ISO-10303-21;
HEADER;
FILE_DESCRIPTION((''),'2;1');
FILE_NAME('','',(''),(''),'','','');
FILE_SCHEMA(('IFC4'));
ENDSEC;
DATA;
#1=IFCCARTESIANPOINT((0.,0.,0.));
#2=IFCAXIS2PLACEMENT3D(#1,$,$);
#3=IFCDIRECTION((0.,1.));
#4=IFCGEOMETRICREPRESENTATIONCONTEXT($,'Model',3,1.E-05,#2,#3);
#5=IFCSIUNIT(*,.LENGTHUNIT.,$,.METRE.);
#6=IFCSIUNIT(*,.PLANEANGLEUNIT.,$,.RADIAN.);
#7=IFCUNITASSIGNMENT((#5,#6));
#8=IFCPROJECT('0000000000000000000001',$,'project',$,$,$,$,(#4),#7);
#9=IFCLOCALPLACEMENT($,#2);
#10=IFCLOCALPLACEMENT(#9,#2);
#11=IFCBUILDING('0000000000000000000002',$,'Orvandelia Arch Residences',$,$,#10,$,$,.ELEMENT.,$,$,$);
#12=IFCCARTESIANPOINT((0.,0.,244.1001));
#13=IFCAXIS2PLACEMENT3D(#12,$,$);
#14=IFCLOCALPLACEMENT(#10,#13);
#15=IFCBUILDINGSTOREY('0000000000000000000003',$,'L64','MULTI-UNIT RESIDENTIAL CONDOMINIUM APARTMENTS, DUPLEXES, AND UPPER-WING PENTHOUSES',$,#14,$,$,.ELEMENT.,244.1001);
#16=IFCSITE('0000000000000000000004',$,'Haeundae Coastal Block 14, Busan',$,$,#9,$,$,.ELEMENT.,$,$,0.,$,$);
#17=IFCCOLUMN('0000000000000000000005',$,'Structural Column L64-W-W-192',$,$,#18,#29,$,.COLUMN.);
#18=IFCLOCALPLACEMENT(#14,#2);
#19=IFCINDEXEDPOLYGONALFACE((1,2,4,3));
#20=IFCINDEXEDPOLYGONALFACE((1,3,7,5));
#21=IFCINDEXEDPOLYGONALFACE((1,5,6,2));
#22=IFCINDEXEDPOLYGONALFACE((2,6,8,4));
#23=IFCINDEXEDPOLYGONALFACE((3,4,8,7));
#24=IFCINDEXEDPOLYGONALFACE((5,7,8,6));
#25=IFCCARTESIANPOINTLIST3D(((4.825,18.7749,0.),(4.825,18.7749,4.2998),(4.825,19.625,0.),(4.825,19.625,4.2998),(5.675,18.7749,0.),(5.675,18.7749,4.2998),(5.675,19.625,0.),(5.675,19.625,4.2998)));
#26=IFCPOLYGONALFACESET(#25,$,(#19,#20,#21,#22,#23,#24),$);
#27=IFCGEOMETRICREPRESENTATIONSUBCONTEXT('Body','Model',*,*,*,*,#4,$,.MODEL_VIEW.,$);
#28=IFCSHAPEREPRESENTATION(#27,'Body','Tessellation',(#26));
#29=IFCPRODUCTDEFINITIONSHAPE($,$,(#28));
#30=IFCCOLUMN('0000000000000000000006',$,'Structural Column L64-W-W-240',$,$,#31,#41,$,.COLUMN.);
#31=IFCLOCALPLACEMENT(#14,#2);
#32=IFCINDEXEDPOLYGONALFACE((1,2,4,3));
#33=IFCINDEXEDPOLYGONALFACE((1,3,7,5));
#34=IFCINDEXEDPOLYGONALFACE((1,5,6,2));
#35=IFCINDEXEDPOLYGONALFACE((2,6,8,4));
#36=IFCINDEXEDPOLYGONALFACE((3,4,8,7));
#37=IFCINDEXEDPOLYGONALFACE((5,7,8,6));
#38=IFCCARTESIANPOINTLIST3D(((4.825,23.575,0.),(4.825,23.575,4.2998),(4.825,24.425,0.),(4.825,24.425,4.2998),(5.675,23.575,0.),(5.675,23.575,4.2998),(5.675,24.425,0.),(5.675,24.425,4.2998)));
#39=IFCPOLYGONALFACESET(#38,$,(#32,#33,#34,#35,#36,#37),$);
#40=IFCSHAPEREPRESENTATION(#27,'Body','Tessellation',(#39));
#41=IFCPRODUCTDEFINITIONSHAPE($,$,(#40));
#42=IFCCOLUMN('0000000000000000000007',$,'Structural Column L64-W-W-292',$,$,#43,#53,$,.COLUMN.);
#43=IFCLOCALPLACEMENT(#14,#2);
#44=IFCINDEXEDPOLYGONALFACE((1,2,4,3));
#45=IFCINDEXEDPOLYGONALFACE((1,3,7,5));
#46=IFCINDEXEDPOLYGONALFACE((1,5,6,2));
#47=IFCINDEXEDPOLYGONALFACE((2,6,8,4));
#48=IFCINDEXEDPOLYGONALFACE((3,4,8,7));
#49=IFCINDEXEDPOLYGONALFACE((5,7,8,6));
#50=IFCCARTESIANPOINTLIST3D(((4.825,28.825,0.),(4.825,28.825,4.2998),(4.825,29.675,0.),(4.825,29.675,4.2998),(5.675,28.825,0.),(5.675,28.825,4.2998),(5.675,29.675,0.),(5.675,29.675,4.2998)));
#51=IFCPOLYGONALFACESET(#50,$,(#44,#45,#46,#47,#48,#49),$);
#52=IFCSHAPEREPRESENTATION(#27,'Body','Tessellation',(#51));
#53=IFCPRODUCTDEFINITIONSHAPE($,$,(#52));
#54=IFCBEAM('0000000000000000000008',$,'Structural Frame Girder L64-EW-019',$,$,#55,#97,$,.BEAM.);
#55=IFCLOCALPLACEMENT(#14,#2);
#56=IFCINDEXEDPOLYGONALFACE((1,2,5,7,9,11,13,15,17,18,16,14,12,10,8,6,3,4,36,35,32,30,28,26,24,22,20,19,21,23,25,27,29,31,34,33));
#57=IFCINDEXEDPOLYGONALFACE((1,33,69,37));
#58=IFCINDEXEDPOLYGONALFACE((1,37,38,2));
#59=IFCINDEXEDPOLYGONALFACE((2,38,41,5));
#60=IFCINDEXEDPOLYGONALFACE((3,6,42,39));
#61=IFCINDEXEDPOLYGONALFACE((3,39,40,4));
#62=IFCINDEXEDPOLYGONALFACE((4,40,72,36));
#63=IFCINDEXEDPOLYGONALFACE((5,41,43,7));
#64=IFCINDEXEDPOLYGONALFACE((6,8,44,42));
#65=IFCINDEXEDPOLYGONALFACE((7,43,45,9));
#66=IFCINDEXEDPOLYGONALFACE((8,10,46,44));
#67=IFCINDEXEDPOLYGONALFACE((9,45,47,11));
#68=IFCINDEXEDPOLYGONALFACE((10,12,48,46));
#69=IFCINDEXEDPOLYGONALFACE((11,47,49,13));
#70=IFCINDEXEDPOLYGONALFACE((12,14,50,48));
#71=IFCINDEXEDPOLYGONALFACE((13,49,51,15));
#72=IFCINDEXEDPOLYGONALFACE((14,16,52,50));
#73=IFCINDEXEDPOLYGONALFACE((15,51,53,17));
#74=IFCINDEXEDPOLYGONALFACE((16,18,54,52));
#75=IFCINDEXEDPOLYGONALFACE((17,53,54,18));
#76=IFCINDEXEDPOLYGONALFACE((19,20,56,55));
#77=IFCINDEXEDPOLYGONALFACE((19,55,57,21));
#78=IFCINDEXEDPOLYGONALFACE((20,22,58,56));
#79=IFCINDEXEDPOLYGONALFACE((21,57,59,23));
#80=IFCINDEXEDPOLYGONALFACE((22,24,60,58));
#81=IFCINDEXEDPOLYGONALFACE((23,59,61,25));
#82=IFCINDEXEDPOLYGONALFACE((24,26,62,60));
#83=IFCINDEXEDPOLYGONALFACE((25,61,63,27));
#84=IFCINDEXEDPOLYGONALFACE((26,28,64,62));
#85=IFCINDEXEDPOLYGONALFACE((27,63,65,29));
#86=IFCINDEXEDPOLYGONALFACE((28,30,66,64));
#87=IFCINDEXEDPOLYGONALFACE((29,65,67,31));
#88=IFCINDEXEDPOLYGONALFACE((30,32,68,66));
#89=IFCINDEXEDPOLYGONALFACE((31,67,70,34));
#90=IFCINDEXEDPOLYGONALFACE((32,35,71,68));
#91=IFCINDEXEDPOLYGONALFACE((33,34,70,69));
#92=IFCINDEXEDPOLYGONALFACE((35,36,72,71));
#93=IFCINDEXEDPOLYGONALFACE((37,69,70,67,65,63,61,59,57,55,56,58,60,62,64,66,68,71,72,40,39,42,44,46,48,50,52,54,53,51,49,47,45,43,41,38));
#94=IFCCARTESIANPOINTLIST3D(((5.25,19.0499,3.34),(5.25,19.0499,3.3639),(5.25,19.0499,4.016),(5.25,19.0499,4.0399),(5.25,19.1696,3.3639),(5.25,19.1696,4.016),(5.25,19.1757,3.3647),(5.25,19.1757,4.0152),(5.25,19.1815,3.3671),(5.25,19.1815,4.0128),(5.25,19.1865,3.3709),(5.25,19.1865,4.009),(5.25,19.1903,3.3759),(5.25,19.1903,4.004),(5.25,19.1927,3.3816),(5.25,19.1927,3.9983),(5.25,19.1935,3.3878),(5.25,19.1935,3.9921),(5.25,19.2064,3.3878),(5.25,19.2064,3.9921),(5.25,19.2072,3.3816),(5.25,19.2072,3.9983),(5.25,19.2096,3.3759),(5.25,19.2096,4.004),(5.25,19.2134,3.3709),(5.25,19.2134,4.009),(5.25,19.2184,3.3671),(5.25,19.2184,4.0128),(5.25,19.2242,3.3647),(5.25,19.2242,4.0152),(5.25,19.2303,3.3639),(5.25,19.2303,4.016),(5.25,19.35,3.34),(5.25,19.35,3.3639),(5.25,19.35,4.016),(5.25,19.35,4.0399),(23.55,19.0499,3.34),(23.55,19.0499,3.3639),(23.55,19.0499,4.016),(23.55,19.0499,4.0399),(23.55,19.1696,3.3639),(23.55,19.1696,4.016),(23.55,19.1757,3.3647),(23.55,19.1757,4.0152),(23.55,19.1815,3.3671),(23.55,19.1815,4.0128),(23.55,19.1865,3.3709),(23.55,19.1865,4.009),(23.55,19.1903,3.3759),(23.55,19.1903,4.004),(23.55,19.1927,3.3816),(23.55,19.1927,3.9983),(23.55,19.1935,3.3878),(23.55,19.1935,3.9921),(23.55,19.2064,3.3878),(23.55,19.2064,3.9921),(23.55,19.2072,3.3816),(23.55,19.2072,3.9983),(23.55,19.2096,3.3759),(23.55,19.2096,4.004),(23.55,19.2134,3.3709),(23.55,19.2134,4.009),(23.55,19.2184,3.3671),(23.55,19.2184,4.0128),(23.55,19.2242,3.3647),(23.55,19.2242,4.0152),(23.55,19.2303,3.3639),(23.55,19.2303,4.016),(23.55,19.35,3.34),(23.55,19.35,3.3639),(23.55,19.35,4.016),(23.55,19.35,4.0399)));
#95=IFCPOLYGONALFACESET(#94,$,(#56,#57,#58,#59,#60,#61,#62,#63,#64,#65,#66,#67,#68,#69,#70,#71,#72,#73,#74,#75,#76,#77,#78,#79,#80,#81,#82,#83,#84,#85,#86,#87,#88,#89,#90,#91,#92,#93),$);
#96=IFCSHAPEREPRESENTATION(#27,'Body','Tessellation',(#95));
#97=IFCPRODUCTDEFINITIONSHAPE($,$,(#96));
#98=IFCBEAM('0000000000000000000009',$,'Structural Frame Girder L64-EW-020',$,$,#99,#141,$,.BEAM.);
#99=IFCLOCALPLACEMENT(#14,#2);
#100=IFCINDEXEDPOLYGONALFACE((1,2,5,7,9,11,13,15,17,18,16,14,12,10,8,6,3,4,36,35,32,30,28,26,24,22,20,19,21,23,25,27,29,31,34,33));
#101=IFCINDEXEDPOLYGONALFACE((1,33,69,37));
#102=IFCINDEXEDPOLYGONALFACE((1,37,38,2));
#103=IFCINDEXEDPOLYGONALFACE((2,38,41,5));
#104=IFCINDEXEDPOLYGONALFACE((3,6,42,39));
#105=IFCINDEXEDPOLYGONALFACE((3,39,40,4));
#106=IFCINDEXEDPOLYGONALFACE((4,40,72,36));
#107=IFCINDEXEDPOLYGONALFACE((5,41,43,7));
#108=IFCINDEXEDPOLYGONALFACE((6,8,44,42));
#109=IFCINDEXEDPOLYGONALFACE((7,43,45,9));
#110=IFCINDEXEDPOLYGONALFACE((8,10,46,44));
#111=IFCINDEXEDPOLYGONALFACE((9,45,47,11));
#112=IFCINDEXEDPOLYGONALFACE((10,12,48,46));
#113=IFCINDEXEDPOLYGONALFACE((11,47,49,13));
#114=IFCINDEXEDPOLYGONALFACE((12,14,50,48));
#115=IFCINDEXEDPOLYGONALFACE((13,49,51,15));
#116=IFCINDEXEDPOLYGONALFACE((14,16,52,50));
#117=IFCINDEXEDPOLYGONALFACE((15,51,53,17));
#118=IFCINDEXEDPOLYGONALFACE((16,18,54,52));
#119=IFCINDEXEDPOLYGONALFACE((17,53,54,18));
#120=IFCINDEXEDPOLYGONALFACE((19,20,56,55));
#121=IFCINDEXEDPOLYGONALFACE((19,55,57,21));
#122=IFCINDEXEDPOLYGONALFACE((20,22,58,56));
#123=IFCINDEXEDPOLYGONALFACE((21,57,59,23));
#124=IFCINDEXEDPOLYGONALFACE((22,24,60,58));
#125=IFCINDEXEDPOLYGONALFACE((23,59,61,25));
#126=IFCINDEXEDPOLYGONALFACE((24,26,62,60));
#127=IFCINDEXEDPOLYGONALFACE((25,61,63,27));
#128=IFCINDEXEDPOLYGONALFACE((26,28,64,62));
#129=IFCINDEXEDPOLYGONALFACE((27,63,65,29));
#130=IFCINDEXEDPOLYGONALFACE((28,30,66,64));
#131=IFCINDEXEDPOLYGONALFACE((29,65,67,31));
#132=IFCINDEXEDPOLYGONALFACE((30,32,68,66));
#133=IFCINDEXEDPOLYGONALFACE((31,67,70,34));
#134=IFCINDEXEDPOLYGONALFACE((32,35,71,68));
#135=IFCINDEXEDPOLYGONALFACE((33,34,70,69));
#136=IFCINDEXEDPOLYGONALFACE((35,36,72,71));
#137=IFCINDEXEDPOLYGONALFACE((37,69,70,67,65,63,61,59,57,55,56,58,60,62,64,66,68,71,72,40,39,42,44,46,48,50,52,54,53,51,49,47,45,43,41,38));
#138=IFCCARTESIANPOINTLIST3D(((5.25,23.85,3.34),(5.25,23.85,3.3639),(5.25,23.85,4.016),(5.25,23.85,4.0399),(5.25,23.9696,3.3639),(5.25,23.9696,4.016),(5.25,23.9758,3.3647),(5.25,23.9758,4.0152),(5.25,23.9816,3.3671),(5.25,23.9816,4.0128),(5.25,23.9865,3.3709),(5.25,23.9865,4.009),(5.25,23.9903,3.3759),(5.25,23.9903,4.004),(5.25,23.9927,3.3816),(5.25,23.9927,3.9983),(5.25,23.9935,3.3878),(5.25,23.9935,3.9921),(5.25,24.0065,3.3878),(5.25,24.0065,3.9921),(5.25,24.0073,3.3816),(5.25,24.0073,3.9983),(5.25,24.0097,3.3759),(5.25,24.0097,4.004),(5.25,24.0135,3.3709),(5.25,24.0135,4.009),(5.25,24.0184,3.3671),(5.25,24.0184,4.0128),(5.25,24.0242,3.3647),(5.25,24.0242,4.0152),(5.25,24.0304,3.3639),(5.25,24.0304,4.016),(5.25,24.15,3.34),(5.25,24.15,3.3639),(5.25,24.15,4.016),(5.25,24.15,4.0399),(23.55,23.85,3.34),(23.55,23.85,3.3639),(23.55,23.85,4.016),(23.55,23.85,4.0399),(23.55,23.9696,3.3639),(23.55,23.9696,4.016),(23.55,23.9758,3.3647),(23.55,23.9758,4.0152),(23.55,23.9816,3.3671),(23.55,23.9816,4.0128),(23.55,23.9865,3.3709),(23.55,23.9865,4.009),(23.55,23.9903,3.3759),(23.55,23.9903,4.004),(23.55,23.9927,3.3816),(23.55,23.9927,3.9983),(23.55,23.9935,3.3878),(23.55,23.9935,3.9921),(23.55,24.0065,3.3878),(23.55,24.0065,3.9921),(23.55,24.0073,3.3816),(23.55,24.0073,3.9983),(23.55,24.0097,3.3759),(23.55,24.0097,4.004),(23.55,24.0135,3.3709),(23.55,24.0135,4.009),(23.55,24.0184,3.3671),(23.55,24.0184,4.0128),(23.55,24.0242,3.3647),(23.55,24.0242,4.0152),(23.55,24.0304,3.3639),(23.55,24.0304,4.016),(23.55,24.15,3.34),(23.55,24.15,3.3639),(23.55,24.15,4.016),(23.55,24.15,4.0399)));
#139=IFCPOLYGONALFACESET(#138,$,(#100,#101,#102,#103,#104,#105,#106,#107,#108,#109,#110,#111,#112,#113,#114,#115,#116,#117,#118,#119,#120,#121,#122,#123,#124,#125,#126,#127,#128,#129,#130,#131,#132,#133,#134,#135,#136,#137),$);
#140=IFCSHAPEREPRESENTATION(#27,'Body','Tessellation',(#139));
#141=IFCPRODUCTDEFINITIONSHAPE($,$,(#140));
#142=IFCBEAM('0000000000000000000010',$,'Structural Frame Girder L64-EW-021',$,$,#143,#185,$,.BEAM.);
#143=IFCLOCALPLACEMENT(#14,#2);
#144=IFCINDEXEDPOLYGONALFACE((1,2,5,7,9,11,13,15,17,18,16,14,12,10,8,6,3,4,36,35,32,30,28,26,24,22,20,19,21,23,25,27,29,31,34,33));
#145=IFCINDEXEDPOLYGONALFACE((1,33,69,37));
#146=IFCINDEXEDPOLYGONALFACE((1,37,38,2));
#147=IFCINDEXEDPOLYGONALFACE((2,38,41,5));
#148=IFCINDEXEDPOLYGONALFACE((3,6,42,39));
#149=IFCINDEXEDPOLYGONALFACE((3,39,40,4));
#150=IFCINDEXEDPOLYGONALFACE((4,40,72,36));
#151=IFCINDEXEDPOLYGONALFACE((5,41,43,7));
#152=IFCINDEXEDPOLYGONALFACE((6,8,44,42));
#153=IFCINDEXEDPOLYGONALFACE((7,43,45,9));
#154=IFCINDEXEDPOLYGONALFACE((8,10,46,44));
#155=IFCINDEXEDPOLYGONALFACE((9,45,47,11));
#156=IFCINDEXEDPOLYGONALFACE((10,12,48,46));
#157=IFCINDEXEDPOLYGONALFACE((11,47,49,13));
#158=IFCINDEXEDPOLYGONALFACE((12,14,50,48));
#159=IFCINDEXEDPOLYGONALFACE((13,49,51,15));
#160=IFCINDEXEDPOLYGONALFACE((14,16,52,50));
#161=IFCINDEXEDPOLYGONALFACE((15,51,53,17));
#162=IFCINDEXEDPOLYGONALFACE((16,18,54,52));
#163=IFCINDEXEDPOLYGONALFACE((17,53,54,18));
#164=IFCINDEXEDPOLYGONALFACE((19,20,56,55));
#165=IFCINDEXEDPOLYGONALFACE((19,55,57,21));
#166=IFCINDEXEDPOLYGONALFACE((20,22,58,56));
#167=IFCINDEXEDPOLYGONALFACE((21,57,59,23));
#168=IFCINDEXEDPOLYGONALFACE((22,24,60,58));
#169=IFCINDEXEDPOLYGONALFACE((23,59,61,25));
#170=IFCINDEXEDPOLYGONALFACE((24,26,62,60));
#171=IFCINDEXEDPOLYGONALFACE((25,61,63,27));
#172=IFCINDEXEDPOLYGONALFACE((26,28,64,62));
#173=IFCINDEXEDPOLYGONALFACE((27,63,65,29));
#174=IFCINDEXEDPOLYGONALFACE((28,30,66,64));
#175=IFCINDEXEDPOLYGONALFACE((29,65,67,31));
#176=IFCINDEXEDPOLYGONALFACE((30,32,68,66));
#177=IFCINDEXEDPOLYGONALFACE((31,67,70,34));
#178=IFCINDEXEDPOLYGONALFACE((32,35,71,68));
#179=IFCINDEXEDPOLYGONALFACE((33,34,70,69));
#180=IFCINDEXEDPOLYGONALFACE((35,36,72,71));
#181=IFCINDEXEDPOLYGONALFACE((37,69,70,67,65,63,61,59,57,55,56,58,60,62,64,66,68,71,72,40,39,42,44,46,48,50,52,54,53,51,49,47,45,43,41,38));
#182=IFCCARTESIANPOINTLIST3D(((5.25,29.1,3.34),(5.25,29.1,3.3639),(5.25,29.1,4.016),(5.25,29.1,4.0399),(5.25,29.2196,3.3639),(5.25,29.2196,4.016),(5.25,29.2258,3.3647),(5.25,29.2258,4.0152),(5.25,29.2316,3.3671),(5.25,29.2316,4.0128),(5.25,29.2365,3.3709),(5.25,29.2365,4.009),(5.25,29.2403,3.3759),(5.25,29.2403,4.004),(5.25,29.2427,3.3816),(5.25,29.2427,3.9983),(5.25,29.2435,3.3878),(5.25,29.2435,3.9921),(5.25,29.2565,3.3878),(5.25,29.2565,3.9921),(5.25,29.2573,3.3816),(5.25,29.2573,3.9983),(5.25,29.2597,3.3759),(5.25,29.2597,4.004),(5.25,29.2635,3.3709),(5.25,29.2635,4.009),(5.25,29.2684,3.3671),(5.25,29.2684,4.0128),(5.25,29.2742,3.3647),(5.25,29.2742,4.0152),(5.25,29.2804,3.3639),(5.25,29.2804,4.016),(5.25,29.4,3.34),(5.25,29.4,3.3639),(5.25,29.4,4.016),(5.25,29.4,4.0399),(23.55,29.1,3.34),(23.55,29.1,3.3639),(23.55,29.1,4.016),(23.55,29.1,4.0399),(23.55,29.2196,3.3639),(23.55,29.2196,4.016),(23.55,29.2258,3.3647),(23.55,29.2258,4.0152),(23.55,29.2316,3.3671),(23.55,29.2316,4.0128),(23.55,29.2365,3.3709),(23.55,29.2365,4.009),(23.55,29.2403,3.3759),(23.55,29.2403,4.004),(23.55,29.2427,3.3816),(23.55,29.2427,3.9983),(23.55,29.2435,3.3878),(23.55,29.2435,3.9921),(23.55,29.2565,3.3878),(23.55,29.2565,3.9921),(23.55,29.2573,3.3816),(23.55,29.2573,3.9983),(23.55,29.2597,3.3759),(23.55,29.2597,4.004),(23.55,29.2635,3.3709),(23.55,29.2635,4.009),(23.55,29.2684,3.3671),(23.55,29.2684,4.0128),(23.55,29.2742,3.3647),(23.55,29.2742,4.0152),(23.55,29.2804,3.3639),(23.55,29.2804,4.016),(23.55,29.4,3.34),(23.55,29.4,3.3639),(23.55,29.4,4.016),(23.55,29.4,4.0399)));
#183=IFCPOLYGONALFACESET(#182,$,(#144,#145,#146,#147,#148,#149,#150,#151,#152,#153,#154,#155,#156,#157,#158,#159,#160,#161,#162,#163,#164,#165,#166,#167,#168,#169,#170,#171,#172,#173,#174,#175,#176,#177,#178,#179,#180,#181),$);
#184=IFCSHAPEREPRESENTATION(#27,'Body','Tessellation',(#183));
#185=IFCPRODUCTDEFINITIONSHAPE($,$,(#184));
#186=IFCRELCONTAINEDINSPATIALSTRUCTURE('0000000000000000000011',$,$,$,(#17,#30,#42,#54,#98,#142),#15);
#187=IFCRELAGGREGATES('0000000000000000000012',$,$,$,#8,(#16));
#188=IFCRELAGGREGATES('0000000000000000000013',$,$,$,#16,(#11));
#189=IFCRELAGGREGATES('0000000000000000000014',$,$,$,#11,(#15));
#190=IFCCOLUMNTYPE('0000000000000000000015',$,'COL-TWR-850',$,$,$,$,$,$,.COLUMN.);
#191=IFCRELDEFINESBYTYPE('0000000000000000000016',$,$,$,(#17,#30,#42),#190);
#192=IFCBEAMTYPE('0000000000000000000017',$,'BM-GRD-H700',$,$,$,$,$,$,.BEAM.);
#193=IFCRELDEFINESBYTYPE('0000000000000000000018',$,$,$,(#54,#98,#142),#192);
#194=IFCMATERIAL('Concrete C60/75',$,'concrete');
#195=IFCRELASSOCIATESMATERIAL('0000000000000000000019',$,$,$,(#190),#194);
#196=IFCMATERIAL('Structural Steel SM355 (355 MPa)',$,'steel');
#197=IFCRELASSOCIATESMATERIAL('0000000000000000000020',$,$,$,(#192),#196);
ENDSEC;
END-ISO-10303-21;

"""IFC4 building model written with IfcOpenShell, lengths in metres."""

from ifc_helpers import new_model, si_unit, direction, frame, origin, origin_2d, place, context, subcontext, project, spatial, rectangle, i_section, extrude, material, material_profile, profile_set, type_object, element, save


model = new_model("IFC4")

# Units and contexts
model_context = context("Model", 3, precision=1e-05, world=origin(), true_north=direction((0.0, 1.0)))
body_context = subcontext(model_context, "Body", "Model", "MODEL_VIEW")
ifc_project = project(units=[si_unit("LENGTHUNIT", "METRE"), si_unit("PLANEANGLEUNIT", "RADIAN")], contexts=[model_context])

# Site, building, storey
site_placement = place(None, origin())
site = spatial("IfcSite", under=ifc_project, at=site_placement, Name="Haeundae Coastal Block 14, Busan", CompositionType="ELEMENT", RefElevation=0.0)
building_placement = place(site_placement, origin())
building = spatial("IfcBuilding", under=site, at=building_placement, Name="Orvandelia Arch Residences", CompositionType="ELEMENT")
storey_placement = place(building_placement, frame((0.0, 0.0, 244.1001)))
storey = spatial("IfcBuildingStorey", under=building, at=storey_placement, Name="L64", Description="MULTI-UNIT RESIDENTIAL CONDOMINIUM APARTMENTS, DUPLEXES, AND UPPER-WING PENTHOUSES", CompositionType="ELEMENT", Elevation=244.1001)

# Columns
ifc_material_1 = material(Name="Concrete C60/75", Category="concrete")
ifc_material_profile_1 = material_profile(ifc_material_1, rectangle(XDim=0.8501, YDim=0.8501, at=origin_2d()), Name="Concrete C60/75", Category="concrete")
ifc_profile_set_1 = profile_set([ifc_material_profile_1], Name="Concrete C60/75")
column_type = type_object("IfcColumnType", Name="COL-TWR-850", PredefinedType="COLUMN", material=ifc_profile_set_1)
for number, where, z_axis, x_axis, name in (
    (1, (5.25, 19.2, 0.0), (0.0, 0.0, 1.0), (1.0, 0.0, 0.0), "Structural Column L64-W-W-192"),
    (2, (5.25, 24.0, 0.0), (0.0, 0.0, 1.0), (1.0, 0.0, 0.0), "Structural Column L64-W-W-240"),
    (3, (5.25, 29.25, 0.0), (0.0, 0.0, 1.0), (1.0, 0.0, 0.0), "Structural Column L64-W-W-292"),
):
    element("IfcColumn", number, at=place(storey_placement, frame(where, z_axis=z_axis, x_axis=x_axis)), inside=storey, type_object=column_type, Name=name, PredefinedType="COLUMN", context=body_context, shape_type="SweptSolid", body=[
        extrude(rectangle(XDim=0.8501, YDim=0.8501, at=origin_2d()), origin(), (0.0, 0.0, 1.0), 4.2998),
    ])

# Beams
ifc_material_2 = material(Name="Structural Steel SM355 (355 MPa)", Category="steel")
ifc_material_profile_2 = material_profile(ifc_material_2, i_section(OverallWidth=0.3, OverallDepth=0.7, WebThickness=0.0129, FlangeThickness=0.0239, FilletRadius=0.0239, at=origin_2d()), Name="Structural Steel SM355 (355 MPa)", Category="steel")
ifc_profile_set_2 = profile_set([ifc_material_profile_2], Name="Structural Steel SM355 (355 MPa)")
beam_type_1 = type_object("IfcBeamType", Name="BM-GRD-H700", PredefinedType="BEAM", material=ifc_profile_set_2)
for number, where, z_axis, x_axis, name in (
    (4, (5.25, 19.2, 3.6899), (1.0, 0.0, 0.0), (0.0, 1.0, 0.0), "Structural Frame Girder L64-EW-019"),
    (5, (5.25, 24.0, 3.6899), (1.0, 0.0, 0.0), (0.0, 1.0, 0.0), "Structural Frame Girder L64-EW-020"),
    (6, (5.25, 29.25, 3.6899), (1.0, 0.0, 0.0), (0.0, 1.0, 0.0), "Structural Frame Girder L64-EW-021"),
):
    element("IfcBeam", number, at=place(storey_placement, frame(where, z_axis=z_axis, x_axis=x_axis)), inside=storey, type_object=beam_type_1, Name=name, PredefinedType="BEAM", context=body_context, shape_type="SweptSolid", body=[
        extrude(i_section(OverallWidth=0.3, OverallDepth=0.7, WebThickness=0.0129, FlangeThickness=0.0239, FilletRadius=0.0239, at=origin_2d()), origin(), (0.0, 0.0, 1.0), 18.3),
    ])

save(model, "model.ifc")
